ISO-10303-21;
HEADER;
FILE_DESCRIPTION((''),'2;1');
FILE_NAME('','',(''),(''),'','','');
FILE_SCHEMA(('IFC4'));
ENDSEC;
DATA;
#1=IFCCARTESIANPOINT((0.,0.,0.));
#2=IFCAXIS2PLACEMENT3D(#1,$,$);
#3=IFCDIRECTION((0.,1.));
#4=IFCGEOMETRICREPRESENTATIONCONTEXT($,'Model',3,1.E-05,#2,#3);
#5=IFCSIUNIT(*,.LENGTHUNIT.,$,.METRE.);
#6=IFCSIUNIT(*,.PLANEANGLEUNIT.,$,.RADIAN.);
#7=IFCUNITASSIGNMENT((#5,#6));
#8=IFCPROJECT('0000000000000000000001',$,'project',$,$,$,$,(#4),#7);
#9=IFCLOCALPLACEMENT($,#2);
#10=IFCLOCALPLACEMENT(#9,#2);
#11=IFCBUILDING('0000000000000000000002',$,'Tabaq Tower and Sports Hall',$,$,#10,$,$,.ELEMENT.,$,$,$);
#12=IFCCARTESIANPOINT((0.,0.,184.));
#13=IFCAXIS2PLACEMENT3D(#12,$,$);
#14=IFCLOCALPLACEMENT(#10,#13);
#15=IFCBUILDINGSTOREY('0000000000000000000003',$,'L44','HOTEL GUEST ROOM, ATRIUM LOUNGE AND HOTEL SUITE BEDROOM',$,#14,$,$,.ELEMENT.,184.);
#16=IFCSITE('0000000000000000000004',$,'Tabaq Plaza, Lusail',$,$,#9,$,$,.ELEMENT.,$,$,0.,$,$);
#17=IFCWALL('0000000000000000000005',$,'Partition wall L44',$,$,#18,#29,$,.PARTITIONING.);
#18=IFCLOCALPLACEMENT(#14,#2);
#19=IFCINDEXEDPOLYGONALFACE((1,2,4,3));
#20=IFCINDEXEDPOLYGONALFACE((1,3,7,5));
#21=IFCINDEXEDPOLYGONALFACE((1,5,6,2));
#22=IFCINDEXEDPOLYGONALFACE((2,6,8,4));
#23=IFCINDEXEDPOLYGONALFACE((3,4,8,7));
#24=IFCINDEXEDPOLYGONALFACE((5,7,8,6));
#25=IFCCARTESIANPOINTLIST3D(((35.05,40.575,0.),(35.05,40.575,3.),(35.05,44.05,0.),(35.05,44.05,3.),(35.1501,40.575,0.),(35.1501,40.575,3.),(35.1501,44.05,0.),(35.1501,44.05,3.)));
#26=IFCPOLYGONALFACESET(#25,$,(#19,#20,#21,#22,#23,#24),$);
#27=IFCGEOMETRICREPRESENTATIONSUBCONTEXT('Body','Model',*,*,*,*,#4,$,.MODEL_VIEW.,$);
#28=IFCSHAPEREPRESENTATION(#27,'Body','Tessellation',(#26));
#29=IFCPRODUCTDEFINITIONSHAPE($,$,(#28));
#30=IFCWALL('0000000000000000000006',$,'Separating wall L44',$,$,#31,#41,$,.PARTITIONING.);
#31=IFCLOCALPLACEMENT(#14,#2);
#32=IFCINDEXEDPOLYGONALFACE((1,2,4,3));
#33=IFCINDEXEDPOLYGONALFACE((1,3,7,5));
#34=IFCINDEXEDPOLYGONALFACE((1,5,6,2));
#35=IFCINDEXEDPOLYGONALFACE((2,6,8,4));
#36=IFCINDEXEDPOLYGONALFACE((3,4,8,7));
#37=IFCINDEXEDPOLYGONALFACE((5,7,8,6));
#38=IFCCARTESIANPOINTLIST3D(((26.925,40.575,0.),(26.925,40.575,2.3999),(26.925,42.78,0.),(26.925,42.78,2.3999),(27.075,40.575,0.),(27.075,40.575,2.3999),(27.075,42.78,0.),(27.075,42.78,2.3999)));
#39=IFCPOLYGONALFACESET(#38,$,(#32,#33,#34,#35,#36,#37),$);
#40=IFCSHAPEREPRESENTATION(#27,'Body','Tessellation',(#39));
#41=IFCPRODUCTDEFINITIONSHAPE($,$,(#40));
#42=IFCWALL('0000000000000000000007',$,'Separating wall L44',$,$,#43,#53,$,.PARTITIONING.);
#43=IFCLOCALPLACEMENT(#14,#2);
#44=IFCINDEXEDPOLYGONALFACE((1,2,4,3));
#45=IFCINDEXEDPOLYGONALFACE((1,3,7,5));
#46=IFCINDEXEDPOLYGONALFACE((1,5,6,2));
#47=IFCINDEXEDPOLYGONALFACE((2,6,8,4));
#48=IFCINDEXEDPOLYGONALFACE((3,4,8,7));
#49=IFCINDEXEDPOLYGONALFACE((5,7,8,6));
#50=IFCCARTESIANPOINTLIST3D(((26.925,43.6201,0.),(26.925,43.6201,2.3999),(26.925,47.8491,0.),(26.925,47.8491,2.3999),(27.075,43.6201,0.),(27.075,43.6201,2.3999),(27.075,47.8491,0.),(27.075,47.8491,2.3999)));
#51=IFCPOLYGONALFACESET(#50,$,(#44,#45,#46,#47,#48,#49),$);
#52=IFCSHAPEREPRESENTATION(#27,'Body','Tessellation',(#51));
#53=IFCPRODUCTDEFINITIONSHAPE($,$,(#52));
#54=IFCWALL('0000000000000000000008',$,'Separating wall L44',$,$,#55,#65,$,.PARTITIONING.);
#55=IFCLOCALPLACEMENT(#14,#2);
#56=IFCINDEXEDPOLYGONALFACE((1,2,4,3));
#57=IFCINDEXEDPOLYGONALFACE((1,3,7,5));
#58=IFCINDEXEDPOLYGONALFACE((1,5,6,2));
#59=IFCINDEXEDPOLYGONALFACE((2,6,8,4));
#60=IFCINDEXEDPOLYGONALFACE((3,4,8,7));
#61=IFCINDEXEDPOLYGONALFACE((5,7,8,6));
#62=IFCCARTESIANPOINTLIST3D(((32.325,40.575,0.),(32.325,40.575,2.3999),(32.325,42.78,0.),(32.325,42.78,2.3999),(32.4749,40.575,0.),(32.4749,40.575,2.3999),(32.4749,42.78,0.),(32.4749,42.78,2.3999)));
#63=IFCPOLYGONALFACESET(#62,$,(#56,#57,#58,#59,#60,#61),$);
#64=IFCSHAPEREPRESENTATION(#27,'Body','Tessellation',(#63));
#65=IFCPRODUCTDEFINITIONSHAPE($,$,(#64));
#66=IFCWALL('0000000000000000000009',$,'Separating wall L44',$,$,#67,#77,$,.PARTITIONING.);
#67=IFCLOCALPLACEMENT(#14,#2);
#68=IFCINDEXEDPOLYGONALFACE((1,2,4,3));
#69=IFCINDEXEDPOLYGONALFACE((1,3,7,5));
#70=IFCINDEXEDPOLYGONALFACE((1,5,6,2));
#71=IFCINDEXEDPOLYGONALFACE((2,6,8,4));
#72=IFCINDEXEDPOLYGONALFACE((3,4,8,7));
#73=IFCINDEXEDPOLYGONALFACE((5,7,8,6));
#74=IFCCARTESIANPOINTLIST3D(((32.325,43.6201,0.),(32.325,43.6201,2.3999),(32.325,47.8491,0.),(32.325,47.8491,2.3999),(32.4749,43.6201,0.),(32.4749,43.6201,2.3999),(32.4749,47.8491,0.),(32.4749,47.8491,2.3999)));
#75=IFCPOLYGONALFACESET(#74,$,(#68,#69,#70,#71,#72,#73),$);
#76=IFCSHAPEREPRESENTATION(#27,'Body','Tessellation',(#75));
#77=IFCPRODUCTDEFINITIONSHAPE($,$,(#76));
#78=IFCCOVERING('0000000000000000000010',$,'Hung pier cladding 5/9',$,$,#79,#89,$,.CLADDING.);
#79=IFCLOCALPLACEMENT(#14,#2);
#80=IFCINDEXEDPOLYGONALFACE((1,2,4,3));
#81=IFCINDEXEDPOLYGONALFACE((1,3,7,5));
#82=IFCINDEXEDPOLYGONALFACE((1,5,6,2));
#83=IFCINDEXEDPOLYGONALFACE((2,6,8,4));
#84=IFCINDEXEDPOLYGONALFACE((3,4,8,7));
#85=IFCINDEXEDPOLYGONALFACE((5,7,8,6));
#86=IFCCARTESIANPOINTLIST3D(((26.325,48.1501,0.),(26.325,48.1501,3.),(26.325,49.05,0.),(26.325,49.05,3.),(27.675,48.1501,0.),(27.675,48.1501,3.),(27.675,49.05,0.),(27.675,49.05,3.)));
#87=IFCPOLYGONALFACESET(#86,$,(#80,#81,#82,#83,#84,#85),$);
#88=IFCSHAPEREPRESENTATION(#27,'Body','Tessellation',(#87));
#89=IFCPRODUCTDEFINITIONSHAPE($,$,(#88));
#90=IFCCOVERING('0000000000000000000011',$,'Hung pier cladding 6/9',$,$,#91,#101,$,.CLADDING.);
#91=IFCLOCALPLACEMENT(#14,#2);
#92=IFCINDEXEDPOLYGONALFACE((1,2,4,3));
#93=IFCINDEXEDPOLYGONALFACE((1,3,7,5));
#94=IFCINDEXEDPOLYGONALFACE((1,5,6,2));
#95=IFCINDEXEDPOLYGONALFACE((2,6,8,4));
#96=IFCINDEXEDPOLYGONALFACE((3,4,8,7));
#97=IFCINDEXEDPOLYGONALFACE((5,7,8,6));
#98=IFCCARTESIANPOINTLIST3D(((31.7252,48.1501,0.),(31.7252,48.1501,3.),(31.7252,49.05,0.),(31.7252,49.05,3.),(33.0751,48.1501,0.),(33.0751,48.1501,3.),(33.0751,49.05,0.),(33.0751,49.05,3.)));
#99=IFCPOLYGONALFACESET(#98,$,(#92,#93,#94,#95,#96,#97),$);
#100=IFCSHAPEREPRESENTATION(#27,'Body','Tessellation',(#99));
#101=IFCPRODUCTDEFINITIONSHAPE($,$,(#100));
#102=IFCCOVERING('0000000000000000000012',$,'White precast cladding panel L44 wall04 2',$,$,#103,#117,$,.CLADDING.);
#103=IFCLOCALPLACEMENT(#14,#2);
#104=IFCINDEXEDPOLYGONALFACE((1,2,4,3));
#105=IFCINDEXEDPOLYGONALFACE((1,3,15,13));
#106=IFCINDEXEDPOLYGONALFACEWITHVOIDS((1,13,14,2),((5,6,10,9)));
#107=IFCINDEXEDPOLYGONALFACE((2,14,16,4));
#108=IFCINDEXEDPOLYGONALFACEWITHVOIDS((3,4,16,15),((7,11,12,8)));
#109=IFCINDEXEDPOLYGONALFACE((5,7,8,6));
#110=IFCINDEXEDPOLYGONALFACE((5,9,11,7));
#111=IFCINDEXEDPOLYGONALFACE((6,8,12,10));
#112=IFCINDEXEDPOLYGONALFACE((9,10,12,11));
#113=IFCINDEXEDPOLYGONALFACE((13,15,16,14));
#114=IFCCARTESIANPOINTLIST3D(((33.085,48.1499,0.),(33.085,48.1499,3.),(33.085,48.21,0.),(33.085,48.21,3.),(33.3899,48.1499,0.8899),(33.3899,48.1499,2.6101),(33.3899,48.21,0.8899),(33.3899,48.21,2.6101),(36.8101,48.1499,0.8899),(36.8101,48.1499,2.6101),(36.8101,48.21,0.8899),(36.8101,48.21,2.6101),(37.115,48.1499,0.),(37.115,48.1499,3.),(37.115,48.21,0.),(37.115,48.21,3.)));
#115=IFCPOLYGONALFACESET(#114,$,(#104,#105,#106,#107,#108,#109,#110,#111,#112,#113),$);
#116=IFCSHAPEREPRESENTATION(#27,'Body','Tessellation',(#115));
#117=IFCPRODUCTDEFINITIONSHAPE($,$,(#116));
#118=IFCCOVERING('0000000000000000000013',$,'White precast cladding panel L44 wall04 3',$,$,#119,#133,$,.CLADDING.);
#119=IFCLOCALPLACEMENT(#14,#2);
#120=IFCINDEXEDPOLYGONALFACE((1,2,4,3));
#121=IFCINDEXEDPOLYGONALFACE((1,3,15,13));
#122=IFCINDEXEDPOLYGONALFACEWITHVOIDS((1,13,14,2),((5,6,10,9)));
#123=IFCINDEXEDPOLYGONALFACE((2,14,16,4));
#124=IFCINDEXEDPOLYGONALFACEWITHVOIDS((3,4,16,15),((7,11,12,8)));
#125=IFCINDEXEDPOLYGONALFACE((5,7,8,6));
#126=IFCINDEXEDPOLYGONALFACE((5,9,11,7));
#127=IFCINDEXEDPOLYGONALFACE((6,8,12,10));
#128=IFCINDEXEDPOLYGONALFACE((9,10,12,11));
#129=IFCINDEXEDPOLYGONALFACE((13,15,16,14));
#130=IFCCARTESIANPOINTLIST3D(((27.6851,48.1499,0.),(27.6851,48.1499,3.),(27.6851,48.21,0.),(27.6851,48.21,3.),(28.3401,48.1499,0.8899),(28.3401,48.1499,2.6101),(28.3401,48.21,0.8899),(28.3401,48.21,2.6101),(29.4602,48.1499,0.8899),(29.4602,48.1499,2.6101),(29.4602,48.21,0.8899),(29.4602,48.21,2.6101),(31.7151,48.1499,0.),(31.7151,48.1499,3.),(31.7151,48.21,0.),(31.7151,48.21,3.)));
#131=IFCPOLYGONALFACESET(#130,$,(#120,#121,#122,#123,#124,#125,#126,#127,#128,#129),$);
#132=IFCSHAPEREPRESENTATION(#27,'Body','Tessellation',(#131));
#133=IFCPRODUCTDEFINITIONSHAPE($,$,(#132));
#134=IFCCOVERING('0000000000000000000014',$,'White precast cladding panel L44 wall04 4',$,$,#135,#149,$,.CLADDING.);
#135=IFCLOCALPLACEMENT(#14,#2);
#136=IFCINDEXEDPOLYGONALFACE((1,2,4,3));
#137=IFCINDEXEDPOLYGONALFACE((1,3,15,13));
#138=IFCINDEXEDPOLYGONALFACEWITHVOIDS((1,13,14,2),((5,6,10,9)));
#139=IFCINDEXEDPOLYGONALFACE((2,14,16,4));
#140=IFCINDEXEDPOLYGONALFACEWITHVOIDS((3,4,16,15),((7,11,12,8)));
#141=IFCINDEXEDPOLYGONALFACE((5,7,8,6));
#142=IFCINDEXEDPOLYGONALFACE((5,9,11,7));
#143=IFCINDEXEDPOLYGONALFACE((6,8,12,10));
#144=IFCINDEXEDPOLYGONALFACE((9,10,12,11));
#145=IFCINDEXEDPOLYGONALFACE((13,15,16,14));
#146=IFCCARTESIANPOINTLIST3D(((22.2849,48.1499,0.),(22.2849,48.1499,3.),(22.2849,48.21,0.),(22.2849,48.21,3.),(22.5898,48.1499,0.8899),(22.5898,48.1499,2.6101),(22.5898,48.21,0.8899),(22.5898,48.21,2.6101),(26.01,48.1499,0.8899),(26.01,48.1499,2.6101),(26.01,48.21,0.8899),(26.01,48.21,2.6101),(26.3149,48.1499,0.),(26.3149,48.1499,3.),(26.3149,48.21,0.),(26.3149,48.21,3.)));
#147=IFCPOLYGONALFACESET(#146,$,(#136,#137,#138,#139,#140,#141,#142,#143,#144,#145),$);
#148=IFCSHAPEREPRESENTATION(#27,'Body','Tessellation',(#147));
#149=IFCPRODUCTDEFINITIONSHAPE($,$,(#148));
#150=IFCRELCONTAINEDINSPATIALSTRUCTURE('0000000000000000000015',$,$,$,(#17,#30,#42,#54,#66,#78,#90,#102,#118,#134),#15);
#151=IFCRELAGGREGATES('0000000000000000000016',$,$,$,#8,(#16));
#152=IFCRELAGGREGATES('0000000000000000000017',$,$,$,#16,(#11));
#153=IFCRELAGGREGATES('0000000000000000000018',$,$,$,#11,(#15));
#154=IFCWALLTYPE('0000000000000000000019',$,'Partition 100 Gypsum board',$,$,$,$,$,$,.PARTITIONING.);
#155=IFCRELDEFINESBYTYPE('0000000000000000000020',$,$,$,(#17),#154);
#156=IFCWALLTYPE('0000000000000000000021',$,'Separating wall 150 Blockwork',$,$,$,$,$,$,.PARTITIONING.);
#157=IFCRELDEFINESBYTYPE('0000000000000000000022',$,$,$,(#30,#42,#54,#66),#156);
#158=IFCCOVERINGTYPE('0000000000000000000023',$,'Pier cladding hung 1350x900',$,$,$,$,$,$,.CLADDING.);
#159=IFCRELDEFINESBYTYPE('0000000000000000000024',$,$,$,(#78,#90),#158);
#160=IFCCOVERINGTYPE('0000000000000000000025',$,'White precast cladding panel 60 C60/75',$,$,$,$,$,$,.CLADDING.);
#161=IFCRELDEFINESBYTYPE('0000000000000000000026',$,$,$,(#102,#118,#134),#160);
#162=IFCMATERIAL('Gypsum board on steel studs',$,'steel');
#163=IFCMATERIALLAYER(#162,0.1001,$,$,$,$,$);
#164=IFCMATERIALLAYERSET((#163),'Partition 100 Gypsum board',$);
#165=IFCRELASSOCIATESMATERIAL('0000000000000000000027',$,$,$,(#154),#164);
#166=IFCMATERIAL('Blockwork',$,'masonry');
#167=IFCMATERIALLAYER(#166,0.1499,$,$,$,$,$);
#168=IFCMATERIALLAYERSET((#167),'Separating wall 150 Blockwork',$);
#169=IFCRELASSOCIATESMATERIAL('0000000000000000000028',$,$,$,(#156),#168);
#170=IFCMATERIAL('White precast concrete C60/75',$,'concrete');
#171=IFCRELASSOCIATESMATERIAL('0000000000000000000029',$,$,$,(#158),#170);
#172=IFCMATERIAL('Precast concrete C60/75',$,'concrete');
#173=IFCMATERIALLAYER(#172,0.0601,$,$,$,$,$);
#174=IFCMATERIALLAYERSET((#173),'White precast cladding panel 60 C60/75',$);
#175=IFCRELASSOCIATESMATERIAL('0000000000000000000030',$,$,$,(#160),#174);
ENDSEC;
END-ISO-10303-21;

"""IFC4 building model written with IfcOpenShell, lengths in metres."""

from ifc_helpers import new_model, si_unit, direction, frame, frame_2d, origin, place, context, subcontext, project, spatial, polyline, rectangle, outline, extrude, material, layer, layer_set, type_object, element, save


model = new_model("IFC4")

# Units and contexts
model_context = context("Model", 3, precision=1e-05, world=origin(), true_north=direction((0.0, 1.0)))
body_context = subcontext(model_context, "Body", "Model", "MODEL_VIEW")
ifc_project = project(units=[si_unit("LENGTHUNIT", "METRE"), si_unit("PLANEANGLEUNIT", "RADIAN")], contexts=[model_context])

# Site, building, storey
site_placement = place(None, origin())
site = spatial("IfcSite", under=ifc_project, at=site_placement, Name="Tabaq Plaza, Lusail", CompositionType="ELEMENT", RefElevation=0.0)
building_placement = place(site_placement, origin())
building = spatial("IfcBuilding", under=site, at=building_placement, Name="Tabaq Tower and Sports Hall", CompositionType="ELEMENT")
storey_placement = place(building_placement, frame((0.0, 0.0, 184.0)))
storey = spatial("IfcBuildingStorey", under=building, at=storey_placement, Name="L44", Description="HOTEL GUEST ROOM, ATRIUM LOUNGE AND HOTEL SUITE BEDROOM", CompositionType="ELEMENT", Elevation=184.0)

# Shared definitions
ifc_material_1 = material(Name="Gypsum board on steel studs", Category="steel")
ifc_layer_1 = layer(ifc_material_1, 0.1001)
ifc_layer_set_1 = layer_set([ifc_layer_1], Name="Partition 100 Gypsum board")
wall_type_1 = type_object("IfcWallType", Name="Partition 100 Gypsum board", PredefinedType="PARTITIONING", material=ifc_layer_set_1)

# Walls
wall_1_placement = place(storey_placement, frame((35.1001, 44.05, 0.0), z_axis=(0.0, 0.0, 1.0), x_axis=(0.0, -1.0, 0.0)))
element("IfcWall", 1, at=wall_1_placement, inside=storey, type_object=wall_type_1, Name="Partition wall L44", PredefinedType="PARTITIONING", context=body_context, shape_type="SweptSolid", body=[
    extrude(rectangle(XDim=3.4751, YDim=0.1001, at=frame_2d((1.7375, 0.0))), origin(), (0.0, 0.0, 1.0), 3.0),
])
ifc_material_2 = material(Name="Blockwork", Category="masonry")
ifc_layer_2 = layer(ifc_material_2, 0.1499)
ifc_layer_set_2 = layer_set([ifc_layer_2], Name="Separating wall 150 Blockwork")
wall_type_2 = type_object("IfcWallType", Name="Separating wall 150 Blockwork", PredefinedType="PARTITIONING", material=ifc_layer_set_2)
wall_2_placement = place(storey_placement, frame((27.0, 40.575, 0.0), z_axis=(0.0, 0.0, 1.0), x_axis=(0.0, 1.0, 0.0)))
element("IfcWall", 2, at=wall_2_placement, inside=storey, type_object=wall_type_2, Name="Separating wall L44", PredefinedType="PARTITIONING", context=body_context, shape_type="SweptSolid", body=[
    extrude(rectangle(XDim=2.2051, YDim=0.1499, at=frame_2d((1.1025, 0.0))), origin(), (0.0, 0.0, 1.0), 2.3999),
])
wall_3_placement = place(storey_placement, frame((27.0, 43.6201, 0.0), z_axis=(0.0, 0.0, 1.0), x_axis=(0.0, 1.0, 0.0)))
element("IfcWall", 3, at=wall_3_placement, inside=storey, type_object=wall_type_2, Name="Separating wall L44", PredefinedType="PARTITIONING", context=body_context, shape_type="SweptSolid", body=[
    extrude(rectangle(XDim=4.229, YDim=0.1499, at=frame_2d((2.1145, 0.0))), origin(), (0.0, 0.0, 1.0), 2.3999),
])
wall_4_placement = place(storey_placement, frame((32.3999, 40.575, 0.0), z_axis=(0.0, 0.0, 1.0), x_axis=(0.0, 1.0, 0.0)))
element("IfcWall", 4, at=wall_4_placement, inside=storey, type_object=wall_type_2, Name="Separating wall L44", PredefinedType="PARTITIONING", context=body_context, shape_type="SweptSolid", body=[
    extrude(rectangle(XDim=2.2051, YDim=0.1499, at=frame_2d((1.1025, 0.0))), origin(), (0.0, 0.0, 1.0), 2.3999),
])
wall_5_placement = place(storey_placement, frame((32.3999, 43.6201, 0.0), z_axis=(0.0, 0.0, 1.0), x_axis=(0.0, 1.0, 0.0)))
element("IfcWall", 5, at=wall_5_placement, inside=storey, type_object=wall_type_2, Name="Separating wall L44", PredefinedType="PARTITIONING", context=body_context, shape_type="SweptSolid", body=[
    extrude(rectangle(XDim=4.229, YDim=0.1499, at=frame_2d((2.1145, 0.0))), origin(), (0.0, 0.0, 1.0), 2.3999),
])

# Coverings
ifc_material_3 = material(Name="White precast concrete C60/75", Category="concrete")
covering_type_1 = type_object("IfcCoveringType", Name="Pier cladding hung 1350x900", PredefinedType="CLADDING", material=ifc_material_3)
covering_1_placement = place(storey_placement, frame((27.675, 48.6001, 0.0), z_axis=(0.0, 0.0, 1.0), x_axis=(-1.0, 0.0, 0.0)))
element("IfcCovering", 6, at=covering_1_placement, inside=storey, type_object=covering_type_1, Name="Hung pier cladding 5/9", PredefinedType="CLADDING", context=body_context, shape_type="SweptSolid", body=[
    extrude(rectangle(XDim=1.3501, YDim=0.8999, at=frame_2d((0.675, 0.0))), origin(), (0.0, 0.0, 1.0), 3.0),
])
covering_2_placement = place(storey_placement, frame((33.075, 48.6001, 0.0), z_axis=(0.0, 0.0, 1.0), x_axis=(-1.0, 0.0, 0.0)))
element("IfcCovering", 7, at=covering_2_placement, inside=storey, type_object=covering_type_1, Name="Hung pier cladding 6/9", PredefinedType="CLADDING", context=body_context, shape_type="SweptSolid", body=[
    extrude(rectangle(XDim=1.3499, YDim=0.8999, at=frame_2d((0.6748, 0.0))), origin(), (0.0, 0.0, 1.0), 3.0),
])
ifc_material_4 = material(Name="Precast concrete C60/75", Category="concrete")
ifc_layer_3 = layer(ifc_material_4, 0.0601)
ifc_layer_set_3 = layer_set([ifc_layer_3], Name="White precast cladding panel 60 C60/75")
covering_type_2 = type_object("IfcCoveringType", Name="White precast cladding panel 60 C60/75", PredefinedType="CLADDING", material=ifc_layer_set_3)
covering_3_placement = place(storey_placement, frame((37.115, 48.1799, 0.0), z_axis=(0.0, 0.0, 1.0), x_axis=(-1.0, 0.0, 0.0)))
element("IfcCovering", 8, at=covering_3_placement, inside=storey, type_object=covering_type_2, Name="White precast cladding panel L44 wall04 2", PredefinedType="CLADDING", context=body_context, shape_type="SweptSolid", body=[
    extrude(outline(polyline([(0.0, 0.0), (4.03, 0.0), (4.03, 3.0), (0.0, 3.0), (0.0, 0.0)]), holes=[polyline([(0.3049, 0.8899), (0.3049, 2.6101), (3.7251, 2.6101), (3.7251, 0.8899), (0.3049, 0.8899)])]), frame((0.0, 0.03, 0.0), z_axis=(0.0, -1.0, 0.0), x_axis=(1.0, 0.0, 0.0)), (0.0, 0.0, 1.0), 0.0601),
])
covering_4_placement = place(storey_placement, frame((31.7151, 48.1799, 0.0), z_axis=(0.0, 0.0, 1.0), x_axis=(-1.0, 0.0, 0.0)))
element("IfcCovering", 9, at=covering_4_placement, inside=storey, type_object=covering_type_2, Name="White precast cladding panel L44 wall04 3", PredefinedType="CLADDING", context=body_context, shape_type="SweptSolid", body=[
    extrude(outline(polyline([(0.0, 0.0), (4.03, 0.0), (4.03, 3.0), (0.0, 3.0), (0.0, 0.0)]), holes=[polyline([(2.2549, 0.8899), (2.2549, 2.6101), (3.375, 2.6101), (3.375, 0.8899), (2.2549, 0.8899)])]), frame((0.0, 0.03, 0.0), z_axis=(0.0, -1.0, 0.0), x_axis=(1.0, 0.0, 0.0)), (0.0, 0.0, 1.0), 0.0601),
])
covering_5_placement = place(storey_placement, frame((26.3149, 48.1799, 0.0), z_axis=(0.0, 0.0, 1.0), x_axis=(-1.0, 0.0, 0.0)))
element("IfcCovering", 10, at=covering_5_placement, inside=storey, type_object=covering_type_2, Name="White precast cladding panel L44 wall04 4", PredefinedType="CLADDING", context=body_context, shape_type="SweptSolid", body=[
    extrude(outline(polyline([(0.0, 0.0), (4.03, 0.0), (4.03, 3.0), (0.0, 3.0), (0.0, 0.0)]), holes=[polyline([(0.3049, 0.8899), (0.3049, 2.6101), (3.7251, 2.6101), (3.7251, 0.8899), (0.3049, 0.8899)])]), frame((0.0, 0.03, 0.0), z_axis=(0.0, -1.0, 0.0), x_axis=(1.0, 0.0, 0.0)), (0.0, 0.0, 1.0), 0.0601),
])

save(model, "model.ifc")
